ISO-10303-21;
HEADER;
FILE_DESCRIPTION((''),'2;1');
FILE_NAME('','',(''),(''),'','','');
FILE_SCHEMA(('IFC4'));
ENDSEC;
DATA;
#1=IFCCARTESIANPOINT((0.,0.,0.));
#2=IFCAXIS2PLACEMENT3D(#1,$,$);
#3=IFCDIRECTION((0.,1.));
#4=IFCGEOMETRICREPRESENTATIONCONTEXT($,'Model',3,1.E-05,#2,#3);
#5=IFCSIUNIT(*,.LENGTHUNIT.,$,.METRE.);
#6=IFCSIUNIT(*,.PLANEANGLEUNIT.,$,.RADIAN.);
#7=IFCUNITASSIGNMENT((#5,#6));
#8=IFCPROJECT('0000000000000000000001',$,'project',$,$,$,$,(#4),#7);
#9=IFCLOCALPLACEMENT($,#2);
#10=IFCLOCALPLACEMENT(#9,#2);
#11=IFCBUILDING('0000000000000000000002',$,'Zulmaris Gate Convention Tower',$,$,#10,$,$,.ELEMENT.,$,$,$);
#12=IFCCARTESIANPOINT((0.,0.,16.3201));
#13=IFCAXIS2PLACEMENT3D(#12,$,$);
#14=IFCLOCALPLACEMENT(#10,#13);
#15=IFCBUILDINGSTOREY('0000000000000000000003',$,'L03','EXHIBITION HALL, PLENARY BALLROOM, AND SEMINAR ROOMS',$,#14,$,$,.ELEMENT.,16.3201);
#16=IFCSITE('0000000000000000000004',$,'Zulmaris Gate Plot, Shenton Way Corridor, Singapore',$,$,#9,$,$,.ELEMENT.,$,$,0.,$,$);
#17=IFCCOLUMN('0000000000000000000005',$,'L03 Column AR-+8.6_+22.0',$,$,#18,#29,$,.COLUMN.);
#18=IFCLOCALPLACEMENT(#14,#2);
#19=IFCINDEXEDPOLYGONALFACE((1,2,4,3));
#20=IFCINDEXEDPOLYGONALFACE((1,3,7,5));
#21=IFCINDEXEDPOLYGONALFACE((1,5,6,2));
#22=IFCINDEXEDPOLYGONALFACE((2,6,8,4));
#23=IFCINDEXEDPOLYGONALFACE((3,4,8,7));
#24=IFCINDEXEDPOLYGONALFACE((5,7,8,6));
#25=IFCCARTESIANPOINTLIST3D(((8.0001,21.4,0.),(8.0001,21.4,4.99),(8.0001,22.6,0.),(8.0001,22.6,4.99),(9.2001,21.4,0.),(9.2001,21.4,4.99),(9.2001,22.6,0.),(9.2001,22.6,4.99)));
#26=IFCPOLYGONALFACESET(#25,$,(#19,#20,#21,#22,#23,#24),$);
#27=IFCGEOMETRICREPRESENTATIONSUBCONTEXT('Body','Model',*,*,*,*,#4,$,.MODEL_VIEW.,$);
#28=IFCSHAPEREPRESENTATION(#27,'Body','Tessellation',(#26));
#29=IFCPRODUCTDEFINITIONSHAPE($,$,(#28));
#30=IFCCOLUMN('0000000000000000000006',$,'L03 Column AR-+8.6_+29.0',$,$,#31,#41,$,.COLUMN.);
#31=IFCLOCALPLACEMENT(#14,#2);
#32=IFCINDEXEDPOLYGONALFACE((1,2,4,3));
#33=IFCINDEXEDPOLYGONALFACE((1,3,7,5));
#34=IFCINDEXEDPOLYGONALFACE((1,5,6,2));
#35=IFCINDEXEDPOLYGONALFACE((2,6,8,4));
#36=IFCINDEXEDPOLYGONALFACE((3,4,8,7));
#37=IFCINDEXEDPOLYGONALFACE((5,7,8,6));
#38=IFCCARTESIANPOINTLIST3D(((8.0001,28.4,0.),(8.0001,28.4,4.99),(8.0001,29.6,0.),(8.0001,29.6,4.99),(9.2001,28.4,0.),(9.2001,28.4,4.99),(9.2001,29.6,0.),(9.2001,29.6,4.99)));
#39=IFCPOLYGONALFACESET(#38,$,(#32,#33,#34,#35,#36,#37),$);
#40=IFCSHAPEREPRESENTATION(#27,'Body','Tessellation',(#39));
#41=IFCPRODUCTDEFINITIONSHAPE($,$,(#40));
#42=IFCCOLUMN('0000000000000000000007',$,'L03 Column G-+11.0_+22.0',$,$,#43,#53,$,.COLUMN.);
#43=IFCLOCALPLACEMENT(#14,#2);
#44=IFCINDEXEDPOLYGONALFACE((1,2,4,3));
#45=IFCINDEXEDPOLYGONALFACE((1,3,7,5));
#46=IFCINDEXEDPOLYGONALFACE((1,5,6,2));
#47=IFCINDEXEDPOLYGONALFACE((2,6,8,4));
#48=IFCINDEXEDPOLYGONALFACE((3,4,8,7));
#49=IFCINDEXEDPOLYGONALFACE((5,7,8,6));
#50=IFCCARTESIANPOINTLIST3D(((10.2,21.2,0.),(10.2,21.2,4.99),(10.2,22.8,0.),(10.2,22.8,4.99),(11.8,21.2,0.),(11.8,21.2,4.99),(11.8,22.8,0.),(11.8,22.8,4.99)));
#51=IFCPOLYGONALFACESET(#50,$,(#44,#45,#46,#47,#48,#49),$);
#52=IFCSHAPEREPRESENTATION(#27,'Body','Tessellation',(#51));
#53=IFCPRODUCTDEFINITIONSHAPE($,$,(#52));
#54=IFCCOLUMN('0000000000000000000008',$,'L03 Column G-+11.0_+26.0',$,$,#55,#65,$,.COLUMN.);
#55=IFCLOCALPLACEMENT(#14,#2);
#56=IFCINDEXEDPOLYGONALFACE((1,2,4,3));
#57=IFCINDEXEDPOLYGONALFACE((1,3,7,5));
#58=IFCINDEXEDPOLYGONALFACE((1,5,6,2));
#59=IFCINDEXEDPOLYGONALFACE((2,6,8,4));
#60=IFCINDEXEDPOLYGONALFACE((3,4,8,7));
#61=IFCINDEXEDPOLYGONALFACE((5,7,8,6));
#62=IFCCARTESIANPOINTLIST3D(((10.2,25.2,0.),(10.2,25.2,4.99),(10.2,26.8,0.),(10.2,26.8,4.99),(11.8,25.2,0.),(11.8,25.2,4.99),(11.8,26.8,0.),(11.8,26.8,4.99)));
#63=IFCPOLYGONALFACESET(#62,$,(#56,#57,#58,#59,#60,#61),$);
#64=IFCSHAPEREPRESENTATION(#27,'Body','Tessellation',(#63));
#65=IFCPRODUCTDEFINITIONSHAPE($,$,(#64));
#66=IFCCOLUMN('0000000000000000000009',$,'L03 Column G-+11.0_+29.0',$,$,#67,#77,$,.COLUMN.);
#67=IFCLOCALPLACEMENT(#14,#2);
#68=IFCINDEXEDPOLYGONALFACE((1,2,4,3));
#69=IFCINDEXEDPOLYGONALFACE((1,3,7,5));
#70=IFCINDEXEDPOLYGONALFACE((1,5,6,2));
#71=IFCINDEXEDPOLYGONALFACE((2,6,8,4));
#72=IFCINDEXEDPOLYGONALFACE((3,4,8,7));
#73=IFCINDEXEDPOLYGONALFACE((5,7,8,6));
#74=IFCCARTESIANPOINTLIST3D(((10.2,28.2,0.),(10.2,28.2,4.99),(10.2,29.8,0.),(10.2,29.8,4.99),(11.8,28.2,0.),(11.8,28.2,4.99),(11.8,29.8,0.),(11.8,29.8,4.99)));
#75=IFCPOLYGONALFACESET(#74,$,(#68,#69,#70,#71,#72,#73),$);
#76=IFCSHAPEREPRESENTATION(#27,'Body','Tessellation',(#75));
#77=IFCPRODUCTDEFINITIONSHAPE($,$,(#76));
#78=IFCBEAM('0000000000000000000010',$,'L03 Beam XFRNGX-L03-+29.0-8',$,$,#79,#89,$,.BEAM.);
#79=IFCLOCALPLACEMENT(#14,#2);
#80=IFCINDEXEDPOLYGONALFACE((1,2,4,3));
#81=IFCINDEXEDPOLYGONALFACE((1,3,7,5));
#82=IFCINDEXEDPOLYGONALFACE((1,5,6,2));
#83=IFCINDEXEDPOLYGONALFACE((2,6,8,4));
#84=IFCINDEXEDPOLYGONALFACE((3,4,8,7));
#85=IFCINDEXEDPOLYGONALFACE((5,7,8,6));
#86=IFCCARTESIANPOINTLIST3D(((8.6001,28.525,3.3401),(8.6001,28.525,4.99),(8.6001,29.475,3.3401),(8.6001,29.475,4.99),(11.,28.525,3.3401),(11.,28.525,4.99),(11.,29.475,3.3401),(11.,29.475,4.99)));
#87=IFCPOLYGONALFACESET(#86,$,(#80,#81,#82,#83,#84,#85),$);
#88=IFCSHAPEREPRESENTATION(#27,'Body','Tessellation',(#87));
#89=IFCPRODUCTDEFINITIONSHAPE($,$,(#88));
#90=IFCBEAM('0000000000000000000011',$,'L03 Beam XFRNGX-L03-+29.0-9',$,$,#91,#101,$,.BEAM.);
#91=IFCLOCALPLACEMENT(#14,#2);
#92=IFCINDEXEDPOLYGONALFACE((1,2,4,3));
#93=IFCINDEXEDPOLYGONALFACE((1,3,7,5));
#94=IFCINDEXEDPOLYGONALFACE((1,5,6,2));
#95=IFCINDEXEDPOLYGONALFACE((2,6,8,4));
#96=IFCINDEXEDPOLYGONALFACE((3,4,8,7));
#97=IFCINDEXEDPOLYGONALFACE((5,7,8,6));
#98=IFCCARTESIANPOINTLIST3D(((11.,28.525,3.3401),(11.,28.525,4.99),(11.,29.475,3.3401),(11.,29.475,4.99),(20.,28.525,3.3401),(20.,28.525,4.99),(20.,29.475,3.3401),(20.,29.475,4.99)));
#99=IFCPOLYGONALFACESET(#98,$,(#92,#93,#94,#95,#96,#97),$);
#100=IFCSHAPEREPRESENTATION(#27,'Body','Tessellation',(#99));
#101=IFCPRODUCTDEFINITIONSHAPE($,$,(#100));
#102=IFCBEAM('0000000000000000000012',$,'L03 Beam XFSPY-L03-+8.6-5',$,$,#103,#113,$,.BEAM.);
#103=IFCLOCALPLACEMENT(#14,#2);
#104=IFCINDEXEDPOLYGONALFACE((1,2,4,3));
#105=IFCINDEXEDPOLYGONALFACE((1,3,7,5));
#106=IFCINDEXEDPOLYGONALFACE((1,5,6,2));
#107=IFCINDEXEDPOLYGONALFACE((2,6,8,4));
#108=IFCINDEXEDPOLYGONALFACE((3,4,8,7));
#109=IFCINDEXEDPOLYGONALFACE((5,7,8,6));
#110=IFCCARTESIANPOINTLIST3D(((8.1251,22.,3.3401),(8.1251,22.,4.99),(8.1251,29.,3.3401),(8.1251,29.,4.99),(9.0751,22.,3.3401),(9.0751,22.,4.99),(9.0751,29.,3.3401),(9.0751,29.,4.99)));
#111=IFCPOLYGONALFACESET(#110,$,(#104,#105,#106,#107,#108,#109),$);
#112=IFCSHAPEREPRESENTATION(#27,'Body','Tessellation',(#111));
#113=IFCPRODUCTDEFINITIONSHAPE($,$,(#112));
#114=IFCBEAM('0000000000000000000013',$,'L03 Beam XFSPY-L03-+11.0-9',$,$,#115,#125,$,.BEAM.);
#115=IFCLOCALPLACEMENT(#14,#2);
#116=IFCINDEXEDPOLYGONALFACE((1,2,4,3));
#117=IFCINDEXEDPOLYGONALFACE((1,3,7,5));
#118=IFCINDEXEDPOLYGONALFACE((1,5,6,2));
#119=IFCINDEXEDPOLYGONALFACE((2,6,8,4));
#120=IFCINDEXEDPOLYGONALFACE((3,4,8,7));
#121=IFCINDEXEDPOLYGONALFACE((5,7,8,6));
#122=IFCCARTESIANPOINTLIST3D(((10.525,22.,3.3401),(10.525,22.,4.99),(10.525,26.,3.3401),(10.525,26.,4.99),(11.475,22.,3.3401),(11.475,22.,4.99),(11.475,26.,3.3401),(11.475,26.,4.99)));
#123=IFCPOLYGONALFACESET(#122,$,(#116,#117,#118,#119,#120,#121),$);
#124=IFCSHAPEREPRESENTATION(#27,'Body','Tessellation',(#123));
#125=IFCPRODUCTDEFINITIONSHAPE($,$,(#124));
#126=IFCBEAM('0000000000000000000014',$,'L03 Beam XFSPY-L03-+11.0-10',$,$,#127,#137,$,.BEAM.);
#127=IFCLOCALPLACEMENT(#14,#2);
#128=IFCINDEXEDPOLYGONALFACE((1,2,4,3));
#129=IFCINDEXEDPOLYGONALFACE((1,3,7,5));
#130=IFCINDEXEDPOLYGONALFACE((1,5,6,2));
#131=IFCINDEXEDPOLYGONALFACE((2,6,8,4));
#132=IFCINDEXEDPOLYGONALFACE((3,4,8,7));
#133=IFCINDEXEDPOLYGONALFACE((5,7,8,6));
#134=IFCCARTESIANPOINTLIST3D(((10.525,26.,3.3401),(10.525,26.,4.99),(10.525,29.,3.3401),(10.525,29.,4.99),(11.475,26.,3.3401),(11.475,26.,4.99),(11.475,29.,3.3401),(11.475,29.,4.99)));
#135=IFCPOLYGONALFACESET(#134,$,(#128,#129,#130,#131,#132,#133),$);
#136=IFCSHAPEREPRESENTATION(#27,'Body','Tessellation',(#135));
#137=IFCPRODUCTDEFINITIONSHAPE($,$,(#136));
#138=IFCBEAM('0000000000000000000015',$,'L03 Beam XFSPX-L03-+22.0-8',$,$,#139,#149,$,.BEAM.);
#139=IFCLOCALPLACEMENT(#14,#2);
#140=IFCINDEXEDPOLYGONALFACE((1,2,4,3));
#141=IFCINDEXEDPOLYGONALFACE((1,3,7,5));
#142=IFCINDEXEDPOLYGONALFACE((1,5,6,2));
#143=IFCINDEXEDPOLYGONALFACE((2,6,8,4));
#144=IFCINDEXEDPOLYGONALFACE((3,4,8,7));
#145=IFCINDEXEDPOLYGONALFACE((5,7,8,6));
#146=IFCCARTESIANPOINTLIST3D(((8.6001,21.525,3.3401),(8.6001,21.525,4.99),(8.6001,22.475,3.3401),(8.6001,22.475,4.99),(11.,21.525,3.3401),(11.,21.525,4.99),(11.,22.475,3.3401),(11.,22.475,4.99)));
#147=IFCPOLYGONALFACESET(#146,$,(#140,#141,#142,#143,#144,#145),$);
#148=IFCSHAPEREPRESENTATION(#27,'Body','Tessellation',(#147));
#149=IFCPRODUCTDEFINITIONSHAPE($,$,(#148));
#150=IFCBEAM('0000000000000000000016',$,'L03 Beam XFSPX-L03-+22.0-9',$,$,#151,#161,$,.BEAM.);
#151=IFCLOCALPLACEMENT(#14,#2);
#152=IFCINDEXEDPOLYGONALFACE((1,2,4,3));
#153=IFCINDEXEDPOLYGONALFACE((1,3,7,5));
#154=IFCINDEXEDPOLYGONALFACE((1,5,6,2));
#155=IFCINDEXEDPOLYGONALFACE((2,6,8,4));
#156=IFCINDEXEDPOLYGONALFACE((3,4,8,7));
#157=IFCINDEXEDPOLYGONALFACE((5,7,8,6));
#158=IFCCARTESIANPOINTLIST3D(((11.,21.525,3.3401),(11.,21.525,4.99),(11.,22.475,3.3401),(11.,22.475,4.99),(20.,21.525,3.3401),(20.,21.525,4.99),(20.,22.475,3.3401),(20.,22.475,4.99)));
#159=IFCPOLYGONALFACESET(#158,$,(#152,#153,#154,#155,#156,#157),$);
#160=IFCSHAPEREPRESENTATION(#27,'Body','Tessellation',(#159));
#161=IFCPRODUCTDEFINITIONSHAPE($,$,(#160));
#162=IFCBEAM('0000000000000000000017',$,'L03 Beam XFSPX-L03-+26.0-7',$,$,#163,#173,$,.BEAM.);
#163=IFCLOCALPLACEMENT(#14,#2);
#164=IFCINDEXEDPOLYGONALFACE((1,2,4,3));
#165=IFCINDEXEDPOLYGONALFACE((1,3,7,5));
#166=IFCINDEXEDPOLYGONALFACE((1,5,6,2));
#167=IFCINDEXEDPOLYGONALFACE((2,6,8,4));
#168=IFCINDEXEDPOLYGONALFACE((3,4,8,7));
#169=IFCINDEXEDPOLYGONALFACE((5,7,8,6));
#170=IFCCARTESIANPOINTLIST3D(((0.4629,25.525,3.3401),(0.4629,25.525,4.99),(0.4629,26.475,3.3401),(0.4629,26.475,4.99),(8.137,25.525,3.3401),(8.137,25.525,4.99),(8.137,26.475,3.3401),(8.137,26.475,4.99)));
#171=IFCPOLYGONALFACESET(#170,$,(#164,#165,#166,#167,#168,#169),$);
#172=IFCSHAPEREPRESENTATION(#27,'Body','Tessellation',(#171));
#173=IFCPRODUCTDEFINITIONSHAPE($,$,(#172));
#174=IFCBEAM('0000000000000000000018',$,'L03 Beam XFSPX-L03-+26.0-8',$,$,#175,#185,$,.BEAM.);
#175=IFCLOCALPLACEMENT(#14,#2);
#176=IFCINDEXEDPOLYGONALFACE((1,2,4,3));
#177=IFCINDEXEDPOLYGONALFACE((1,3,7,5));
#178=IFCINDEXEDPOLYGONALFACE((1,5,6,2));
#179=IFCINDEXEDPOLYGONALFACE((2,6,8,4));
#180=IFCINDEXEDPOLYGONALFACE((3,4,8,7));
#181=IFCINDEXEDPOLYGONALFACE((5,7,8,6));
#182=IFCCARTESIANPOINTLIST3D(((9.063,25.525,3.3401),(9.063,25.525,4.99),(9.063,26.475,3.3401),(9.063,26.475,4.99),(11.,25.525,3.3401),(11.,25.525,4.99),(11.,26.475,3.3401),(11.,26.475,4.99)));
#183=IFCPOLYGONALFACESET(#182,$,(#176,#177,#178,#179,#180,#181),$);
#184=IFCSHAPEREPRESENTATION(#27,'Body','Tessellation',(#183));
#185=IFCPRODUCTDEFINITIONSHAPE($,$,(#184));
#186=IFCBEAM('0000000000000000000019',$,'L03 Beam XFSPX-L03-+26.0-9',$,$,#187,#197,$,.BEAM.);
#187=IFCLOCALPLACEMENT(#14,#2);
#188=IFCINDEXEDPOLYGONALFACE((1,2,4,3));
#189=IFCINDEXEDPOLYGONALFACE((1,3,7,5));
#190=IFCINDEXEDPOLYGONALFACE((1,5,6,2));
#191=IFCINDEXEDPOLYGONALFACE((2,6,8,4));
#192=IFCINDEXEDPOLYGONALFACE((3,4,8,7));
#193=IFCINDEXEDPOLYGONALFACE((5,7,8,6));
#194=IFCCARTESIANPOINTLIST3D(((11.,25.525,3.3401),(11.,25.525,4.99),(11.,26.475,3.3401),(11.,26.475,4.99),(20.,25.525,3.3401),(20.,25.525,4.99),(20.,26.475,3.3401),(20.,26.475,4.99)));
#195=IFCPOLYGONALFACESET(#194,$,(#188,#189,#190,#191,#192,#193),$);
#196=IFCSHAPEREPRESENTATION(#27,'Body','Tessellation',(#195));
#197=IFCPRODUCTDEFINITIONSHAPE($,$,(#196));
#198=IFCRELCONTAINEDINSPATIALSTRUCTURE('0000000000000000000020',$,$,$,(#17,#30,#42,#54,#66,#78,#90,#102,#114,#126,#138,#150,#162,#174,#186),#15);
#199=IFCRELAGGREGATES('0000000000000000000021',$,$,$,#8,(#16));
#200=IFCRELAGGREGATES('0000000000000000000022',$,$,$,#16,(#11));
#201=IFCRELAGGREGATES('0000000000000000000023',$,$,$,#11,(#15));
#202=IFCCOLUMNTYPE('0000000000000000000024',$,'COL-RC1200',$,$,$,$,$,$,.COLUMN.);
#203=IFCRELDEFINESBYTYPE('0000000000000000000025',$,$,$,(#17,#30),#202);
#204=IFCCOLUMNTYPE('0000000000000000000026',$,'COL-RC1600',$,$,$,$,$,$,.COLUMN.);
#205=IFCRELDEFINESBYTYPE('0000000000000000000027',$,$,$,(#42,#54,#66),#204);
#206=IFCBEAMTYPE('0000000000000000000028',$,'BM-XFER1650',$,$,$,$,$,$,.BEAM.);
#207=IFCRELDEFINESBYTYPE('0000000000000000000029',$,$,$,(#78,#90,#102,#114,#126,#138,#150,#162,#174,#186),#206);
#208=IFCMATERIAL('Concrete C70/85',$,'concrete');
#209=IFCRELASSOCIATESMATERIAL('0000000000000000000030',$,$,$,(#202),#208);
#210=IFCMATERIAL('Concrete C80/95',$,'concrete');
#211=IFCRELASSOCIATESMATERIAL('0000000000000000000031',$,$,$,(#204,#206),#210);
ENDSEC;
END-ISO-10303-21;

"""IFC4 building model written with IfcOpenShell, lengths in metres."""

from ifc_helpers import new_model, si_unit, direction, frame, origin, origin_2d, place, context, subcontext, project, spatial, rectangle, extrude, material, material_profile, profile_set, type_object, element, save


model = new_model("IFC4")

# Units and contexts
model_context = context("Model", 3, precision=1e-05, world=origin(), true_north=direction((0.0, 1.0)))
body_context = subcontext(model_context, "Body", "Model", "MODEL_VIEW")
ifc_project = project(units=[si_unit("LENGTHUNIT", "METRE"), si_unit("PLANEANGLEUNIT", "RADIAN")], contexts=[model_context])

# Site, building, storey
site_placement = place(None, origin())
site = spatial("IfcSite", under=ifc_project, at=site_placement, Name="Zulmaris Gate Plot, Shenton Way Corridor, Singapore", CompositionType="ELEMENT", RefElevation=0.0)
building_placement = place(site_placement, origin())
building = spatial("IfcBuilding", under=site, at=building_placement, Name="Zulmaris Gate Convention Tower", CompositionType="ELEMENT")
storey_placement = place(building_placement, frame((0.0, 0.0, 16.3201)))
storey = spatial("IfcBuildingStorey", under=building, at=storey_placement, Name="L03", Description="EXHIBITION HALL, PLENARY BALLROOM, AND SEMINAR ROOMS", CompositionType="ELEMENT", Elevation=16.3201)

# Columns
ifc_material_1 = material(Name="Concrete C70/85", Category="concrete")
ifc_material_profile_1 = material_profile(ifc_material_1, rectangle(XDim=1.2, YDim=1.2, at=origin_2d()), Name="RC COL 1200x1200")
ifc_profile_set_1 = profile_set([ifc_material_profile_1], Name="Concrete C70/85")
column_type_1 = type_object("IfcColumnType", Name="COL-RC1200", PredefinedType="COLUMN", material=ifc_profile_set_1)
for number, where, z_axis, x_axis, name in (
    (1, (8.6001, 22.0, 0.0), (0.0, 0.0, 1.0), (1.0, 0.0, 0.0), "L03 Column AR-+8.6_+22.0"),
    (2, (8.6001, 29.0, 0.0), (0.0, 0.0, 1.0), (1.0, 0.0, 0.0), "L03 Column AR-+8.6_+29.0"),
):
    element("IfcColumn", number, at=place(storey_placement, frame(where, z_axis=z_axis, x_axis=x_axis)), inside=storey, type_object=column_type_1, Name=name, PredefinedType="COLUMN", context=body_context, shape_type="SweptSolid", body=[
        extrude(rectangle(XDim=1.2, YDim=1.2, at=origin_2d()), origin(), (0.0, 0.0, 1.0), 4.99),
    ])
ifc_material_2 = material(Name="Concrete C80/95", Category="concrete")
ifc_material_profile_2 = material_profile(ifc_material_2, rectangle(XDim=1.6001, YDim=1.6001, at=origin_2d()), Name="RC COL 1600x1600")
ifc_profile_set_2 = profile_set([ifc_material_profile_2], Name="Concrete C80/95")
column_type_2 = type_object("IfcColumnType", Name="COL-RC1600", PredefinedType="COLUMN", material=ifc_profile_set_2)
for number, where, z_axis, x_axis, name in (
    (3, (11.0, 22.0, 0.0), (0.0, 0.0, 1.0), (1.0, 0.0, 0.0), "L03 Column G-+11.0_+22.0"),
    (4, (11.0, 26.0, 0.0), (0.0, 0.0, 1.0), (1.0, 0.0, 0.0), "L03 Column G-+11.0_+26.0"),
    (5, (11.0, 29.0, 0.0), (0.0, 0.0, 1.0), (1.0, 0.0, 0.0), "L03 Column G-+11.0_+29.0"),
):
    element("IfcColumn", number, at=place(storey_placement, frame(where, z_axis=z_axis, x_axis=x_axis)), inside=storey, type_object=column_type_2, Name=name, PredefinedType="COLUMN", context=body_context, shape_type="SweptSolid", body=[
        extrude(rectangle(XDim=1.6001, YDim=1.6001, at=origin_2d()), origin(), (0.0, 0.0, 1.0), 4.99),
    ])

# Beams
ifc_material_profile_3 = material_profile(ifc_material_2, rectangle(XDim=0.95, YDim=1.6499, at=origin_2d()), Name="RC TRANSFER 950x1650")
ifc_profile_set_3 = profile_set([ifc_material_profile_3], Name="Concrete C80/95")
beam_type = type_object("IfcBeamType", Name="BM-XFER1650", PredefinedType="BEAM", material=ifc_profile_set_3)
beam_1_placement = place(storey_placement, frame((8.6001, 29.0, 4.165), z_axis=(1.0, 0.0, 0.0), x_axis=(0.0, 1.0, 0.0)))
element("IfcBeam", 6, at=beam_1_placement, inside=storey, type_object=beam_type, Name="L03 Beam XFRNGX-L03-+29.0-8", PredefinedType="BEAM", context=body_context, shape_type="SweptSolid", body=[
    extrude(rectangle(XDim=0.95, YDim=1.6499, at=origin_2d()), origin(), (0.0, 0.0, 1.0), 2.3999),
])
beam_2_placement = place(storey_placement, frame((11.0, 29.0, 4.165), z_axis=(1.0, 0.0, 0.0), x_axis=(0.0, 1.0, 0.0)))
element("IfcBeam", 7, at=beam_2_placement, inside=storey, type_object=beam_type, Name="L03 Beam XFRNGX-L03-+29.0-9", PredefinedType="BEAM", context=body_context, shape_type="SweptSolid", body=[
    extrude(rectangle(XDim=0.95, YDim=1.6499, at=origin_2d()), origin(), (0.0, 0.0, 1.0), 9.0),
])
beam_3_placement = place(storey_placement, frame((8.6001, 22.0, 4.165), z_axis=(0.0, 1.0, 0.0), x_axis=(-1.0, 0.0, 0.0)))
element("IfcBeam", 8, at=beam_3_placement, inside=storey, type_object=beam_type, Name="L03 Beam XFSPY-L03-+8.6-5", PredefinedType="BEAM", context=body_context, shape_type="SweptSolid", body=[
    extrude(rectangle(XDim=0.95, YDim=1.6499, at=origin_2d()), origin(), (0.0, 0.0, 1.0), 7.0),
])
beam_4_placement = place(storey_placement, frame((11.0, 22.0, 4.165), z_axis=(0.0, 1.0, 0.0), x_axis=(-1.0, 0.0, 0.0)))
element("IfcBeam", 9, at=beam_4_placement, inside=storey, type_object=beam_type, Name="L03 Beam XFSPY-L03-+11.0-9", PredefinedType="BEAM", context=body_context, shape_type="SweptSolid", body=[
    extrude(rectangle(XDim=0.95, YDim=1.6499, at=origin_2d()), origin(), (0.0, 0.0, 1.0), 4.0),
])
beam_5_placement = place(storey_placement, frame((11.0, 26.0, 4.165), z_axis=(0.0, 1.0, 0.0), x_axis=(-1.0, 0.0, 0.0)))
element("IfcBeam", 10, at=beam_5_placement, inside=storey, type_object=beam_type, Name="L03 Beam XFSPY-L03-+11.0-10", PredefinedType="BEAM", context=body_context, shape_type="SweptSolid", body=[
    extrude(rectangle(XDim=0.95, YDim=1.6499, at=origin_2d()), origin(), (0.0, 0.0, 1.0), 3.0),
])
beam_6_placement = place(storey_placement, frame((8.6001, 22.0, 4.165), z_axis=(1.0, 0.0, 0.0), x_axis=(0.0, 1.0, 0.0)))
element("IfcBeam", 11, at=beam_6_placement, inside=storey, type_object=beam_type, Name="L03 Beam XFSPX-L03-+22.0-8", PredefinedType="BEAM", context=body_context, shape_type="SweptSolid", body=[
    extrude(rectangle(XDim=0.95, YDim=1.6499, at=origin_2d()), origin(), (0.0, 0.0, 1.0), 2.3999),
])
beam_7_placement = place(storey_placement, frame((11.0, 22.0, 4.165), z_axis=(1.0, 0.0, 0.0), x_axis=(0.0, 1.0, 0.0)))
element("IfcBeam", 12, at=beam_7_placement, inside=storey, type_object=beam_type, Name="L03 Beam XFSPX-L03-+22.0-9", PredefinedType="BEAM", context=body_context, shape_type="SweptSolid", body=[
    extrude(rectangle(XDim=0.95, YDim=1.6499, at=origin_2d()), origin(), (0.0, 0.0, 1.0), 9.0),
])
beam_8_placement = place(storey_placement, frame((0.4629, 26.0, 4.165), z_axis=(1.0, 0.0, 0.0), x_axis=(0.0, 1.0, 0.0)))
element("IfcBeam", 13, at=beam_8_placement, inside=storey, type_object=beam_type, Name="L03 Beam XFSPX-L03-+26.0-7", PredefinedType="BEAM", context=body_context, shape_type="SweptSolid", body=[
    extrude(rectangle(XDim=0.95, YDim=1.6499, at=origin_2d()), origin(), (0.0, 0.0, 1.0), 7.6741),
])
beam_9_placement = place(storey_placement, frame((9.063, 26.0, 4.165), z_axis=(1.0, 0.0, 0.0), x_axis=(0.0, 1.0, 0.0)))
element("IfcBeam", 14, at=beam_9_placement, inside=storey, type_object=beam_type, Name="L03 Beam XFSPX-L03-+26.0-8", PredefinedType="BEAM", context=body_context, shape_type="SweptSolid", body=[
    extrude(rectangle(XDim=0.95, YDim=1.6499, at=origin_2d()), origin(), (0.0, 0.0, 1.0), 1.937),
])
beam_10_placement = place(storey_placement, frame((11.0, 26.0, 4.165), z_axis=(1.0, 0.0, 0.0), x_axis=(0.0, 1.0, 0.0)))
element("IfcBeam", 15, at=beam_10_placement, inside=storey, type_object=beam_type, Name="L03 Beam XFSPX-L03-+26.0-9", PredefinedType="BEAM", context=body_context, shape_type="SweptSolid", body=[
    extrude(rectangle(XDim=0.95, YDim=1.6499, at=origin_2d()), origin(), (0.0, 0.0, 1.0), 9.0),
])

save(model, "model.ifc")
